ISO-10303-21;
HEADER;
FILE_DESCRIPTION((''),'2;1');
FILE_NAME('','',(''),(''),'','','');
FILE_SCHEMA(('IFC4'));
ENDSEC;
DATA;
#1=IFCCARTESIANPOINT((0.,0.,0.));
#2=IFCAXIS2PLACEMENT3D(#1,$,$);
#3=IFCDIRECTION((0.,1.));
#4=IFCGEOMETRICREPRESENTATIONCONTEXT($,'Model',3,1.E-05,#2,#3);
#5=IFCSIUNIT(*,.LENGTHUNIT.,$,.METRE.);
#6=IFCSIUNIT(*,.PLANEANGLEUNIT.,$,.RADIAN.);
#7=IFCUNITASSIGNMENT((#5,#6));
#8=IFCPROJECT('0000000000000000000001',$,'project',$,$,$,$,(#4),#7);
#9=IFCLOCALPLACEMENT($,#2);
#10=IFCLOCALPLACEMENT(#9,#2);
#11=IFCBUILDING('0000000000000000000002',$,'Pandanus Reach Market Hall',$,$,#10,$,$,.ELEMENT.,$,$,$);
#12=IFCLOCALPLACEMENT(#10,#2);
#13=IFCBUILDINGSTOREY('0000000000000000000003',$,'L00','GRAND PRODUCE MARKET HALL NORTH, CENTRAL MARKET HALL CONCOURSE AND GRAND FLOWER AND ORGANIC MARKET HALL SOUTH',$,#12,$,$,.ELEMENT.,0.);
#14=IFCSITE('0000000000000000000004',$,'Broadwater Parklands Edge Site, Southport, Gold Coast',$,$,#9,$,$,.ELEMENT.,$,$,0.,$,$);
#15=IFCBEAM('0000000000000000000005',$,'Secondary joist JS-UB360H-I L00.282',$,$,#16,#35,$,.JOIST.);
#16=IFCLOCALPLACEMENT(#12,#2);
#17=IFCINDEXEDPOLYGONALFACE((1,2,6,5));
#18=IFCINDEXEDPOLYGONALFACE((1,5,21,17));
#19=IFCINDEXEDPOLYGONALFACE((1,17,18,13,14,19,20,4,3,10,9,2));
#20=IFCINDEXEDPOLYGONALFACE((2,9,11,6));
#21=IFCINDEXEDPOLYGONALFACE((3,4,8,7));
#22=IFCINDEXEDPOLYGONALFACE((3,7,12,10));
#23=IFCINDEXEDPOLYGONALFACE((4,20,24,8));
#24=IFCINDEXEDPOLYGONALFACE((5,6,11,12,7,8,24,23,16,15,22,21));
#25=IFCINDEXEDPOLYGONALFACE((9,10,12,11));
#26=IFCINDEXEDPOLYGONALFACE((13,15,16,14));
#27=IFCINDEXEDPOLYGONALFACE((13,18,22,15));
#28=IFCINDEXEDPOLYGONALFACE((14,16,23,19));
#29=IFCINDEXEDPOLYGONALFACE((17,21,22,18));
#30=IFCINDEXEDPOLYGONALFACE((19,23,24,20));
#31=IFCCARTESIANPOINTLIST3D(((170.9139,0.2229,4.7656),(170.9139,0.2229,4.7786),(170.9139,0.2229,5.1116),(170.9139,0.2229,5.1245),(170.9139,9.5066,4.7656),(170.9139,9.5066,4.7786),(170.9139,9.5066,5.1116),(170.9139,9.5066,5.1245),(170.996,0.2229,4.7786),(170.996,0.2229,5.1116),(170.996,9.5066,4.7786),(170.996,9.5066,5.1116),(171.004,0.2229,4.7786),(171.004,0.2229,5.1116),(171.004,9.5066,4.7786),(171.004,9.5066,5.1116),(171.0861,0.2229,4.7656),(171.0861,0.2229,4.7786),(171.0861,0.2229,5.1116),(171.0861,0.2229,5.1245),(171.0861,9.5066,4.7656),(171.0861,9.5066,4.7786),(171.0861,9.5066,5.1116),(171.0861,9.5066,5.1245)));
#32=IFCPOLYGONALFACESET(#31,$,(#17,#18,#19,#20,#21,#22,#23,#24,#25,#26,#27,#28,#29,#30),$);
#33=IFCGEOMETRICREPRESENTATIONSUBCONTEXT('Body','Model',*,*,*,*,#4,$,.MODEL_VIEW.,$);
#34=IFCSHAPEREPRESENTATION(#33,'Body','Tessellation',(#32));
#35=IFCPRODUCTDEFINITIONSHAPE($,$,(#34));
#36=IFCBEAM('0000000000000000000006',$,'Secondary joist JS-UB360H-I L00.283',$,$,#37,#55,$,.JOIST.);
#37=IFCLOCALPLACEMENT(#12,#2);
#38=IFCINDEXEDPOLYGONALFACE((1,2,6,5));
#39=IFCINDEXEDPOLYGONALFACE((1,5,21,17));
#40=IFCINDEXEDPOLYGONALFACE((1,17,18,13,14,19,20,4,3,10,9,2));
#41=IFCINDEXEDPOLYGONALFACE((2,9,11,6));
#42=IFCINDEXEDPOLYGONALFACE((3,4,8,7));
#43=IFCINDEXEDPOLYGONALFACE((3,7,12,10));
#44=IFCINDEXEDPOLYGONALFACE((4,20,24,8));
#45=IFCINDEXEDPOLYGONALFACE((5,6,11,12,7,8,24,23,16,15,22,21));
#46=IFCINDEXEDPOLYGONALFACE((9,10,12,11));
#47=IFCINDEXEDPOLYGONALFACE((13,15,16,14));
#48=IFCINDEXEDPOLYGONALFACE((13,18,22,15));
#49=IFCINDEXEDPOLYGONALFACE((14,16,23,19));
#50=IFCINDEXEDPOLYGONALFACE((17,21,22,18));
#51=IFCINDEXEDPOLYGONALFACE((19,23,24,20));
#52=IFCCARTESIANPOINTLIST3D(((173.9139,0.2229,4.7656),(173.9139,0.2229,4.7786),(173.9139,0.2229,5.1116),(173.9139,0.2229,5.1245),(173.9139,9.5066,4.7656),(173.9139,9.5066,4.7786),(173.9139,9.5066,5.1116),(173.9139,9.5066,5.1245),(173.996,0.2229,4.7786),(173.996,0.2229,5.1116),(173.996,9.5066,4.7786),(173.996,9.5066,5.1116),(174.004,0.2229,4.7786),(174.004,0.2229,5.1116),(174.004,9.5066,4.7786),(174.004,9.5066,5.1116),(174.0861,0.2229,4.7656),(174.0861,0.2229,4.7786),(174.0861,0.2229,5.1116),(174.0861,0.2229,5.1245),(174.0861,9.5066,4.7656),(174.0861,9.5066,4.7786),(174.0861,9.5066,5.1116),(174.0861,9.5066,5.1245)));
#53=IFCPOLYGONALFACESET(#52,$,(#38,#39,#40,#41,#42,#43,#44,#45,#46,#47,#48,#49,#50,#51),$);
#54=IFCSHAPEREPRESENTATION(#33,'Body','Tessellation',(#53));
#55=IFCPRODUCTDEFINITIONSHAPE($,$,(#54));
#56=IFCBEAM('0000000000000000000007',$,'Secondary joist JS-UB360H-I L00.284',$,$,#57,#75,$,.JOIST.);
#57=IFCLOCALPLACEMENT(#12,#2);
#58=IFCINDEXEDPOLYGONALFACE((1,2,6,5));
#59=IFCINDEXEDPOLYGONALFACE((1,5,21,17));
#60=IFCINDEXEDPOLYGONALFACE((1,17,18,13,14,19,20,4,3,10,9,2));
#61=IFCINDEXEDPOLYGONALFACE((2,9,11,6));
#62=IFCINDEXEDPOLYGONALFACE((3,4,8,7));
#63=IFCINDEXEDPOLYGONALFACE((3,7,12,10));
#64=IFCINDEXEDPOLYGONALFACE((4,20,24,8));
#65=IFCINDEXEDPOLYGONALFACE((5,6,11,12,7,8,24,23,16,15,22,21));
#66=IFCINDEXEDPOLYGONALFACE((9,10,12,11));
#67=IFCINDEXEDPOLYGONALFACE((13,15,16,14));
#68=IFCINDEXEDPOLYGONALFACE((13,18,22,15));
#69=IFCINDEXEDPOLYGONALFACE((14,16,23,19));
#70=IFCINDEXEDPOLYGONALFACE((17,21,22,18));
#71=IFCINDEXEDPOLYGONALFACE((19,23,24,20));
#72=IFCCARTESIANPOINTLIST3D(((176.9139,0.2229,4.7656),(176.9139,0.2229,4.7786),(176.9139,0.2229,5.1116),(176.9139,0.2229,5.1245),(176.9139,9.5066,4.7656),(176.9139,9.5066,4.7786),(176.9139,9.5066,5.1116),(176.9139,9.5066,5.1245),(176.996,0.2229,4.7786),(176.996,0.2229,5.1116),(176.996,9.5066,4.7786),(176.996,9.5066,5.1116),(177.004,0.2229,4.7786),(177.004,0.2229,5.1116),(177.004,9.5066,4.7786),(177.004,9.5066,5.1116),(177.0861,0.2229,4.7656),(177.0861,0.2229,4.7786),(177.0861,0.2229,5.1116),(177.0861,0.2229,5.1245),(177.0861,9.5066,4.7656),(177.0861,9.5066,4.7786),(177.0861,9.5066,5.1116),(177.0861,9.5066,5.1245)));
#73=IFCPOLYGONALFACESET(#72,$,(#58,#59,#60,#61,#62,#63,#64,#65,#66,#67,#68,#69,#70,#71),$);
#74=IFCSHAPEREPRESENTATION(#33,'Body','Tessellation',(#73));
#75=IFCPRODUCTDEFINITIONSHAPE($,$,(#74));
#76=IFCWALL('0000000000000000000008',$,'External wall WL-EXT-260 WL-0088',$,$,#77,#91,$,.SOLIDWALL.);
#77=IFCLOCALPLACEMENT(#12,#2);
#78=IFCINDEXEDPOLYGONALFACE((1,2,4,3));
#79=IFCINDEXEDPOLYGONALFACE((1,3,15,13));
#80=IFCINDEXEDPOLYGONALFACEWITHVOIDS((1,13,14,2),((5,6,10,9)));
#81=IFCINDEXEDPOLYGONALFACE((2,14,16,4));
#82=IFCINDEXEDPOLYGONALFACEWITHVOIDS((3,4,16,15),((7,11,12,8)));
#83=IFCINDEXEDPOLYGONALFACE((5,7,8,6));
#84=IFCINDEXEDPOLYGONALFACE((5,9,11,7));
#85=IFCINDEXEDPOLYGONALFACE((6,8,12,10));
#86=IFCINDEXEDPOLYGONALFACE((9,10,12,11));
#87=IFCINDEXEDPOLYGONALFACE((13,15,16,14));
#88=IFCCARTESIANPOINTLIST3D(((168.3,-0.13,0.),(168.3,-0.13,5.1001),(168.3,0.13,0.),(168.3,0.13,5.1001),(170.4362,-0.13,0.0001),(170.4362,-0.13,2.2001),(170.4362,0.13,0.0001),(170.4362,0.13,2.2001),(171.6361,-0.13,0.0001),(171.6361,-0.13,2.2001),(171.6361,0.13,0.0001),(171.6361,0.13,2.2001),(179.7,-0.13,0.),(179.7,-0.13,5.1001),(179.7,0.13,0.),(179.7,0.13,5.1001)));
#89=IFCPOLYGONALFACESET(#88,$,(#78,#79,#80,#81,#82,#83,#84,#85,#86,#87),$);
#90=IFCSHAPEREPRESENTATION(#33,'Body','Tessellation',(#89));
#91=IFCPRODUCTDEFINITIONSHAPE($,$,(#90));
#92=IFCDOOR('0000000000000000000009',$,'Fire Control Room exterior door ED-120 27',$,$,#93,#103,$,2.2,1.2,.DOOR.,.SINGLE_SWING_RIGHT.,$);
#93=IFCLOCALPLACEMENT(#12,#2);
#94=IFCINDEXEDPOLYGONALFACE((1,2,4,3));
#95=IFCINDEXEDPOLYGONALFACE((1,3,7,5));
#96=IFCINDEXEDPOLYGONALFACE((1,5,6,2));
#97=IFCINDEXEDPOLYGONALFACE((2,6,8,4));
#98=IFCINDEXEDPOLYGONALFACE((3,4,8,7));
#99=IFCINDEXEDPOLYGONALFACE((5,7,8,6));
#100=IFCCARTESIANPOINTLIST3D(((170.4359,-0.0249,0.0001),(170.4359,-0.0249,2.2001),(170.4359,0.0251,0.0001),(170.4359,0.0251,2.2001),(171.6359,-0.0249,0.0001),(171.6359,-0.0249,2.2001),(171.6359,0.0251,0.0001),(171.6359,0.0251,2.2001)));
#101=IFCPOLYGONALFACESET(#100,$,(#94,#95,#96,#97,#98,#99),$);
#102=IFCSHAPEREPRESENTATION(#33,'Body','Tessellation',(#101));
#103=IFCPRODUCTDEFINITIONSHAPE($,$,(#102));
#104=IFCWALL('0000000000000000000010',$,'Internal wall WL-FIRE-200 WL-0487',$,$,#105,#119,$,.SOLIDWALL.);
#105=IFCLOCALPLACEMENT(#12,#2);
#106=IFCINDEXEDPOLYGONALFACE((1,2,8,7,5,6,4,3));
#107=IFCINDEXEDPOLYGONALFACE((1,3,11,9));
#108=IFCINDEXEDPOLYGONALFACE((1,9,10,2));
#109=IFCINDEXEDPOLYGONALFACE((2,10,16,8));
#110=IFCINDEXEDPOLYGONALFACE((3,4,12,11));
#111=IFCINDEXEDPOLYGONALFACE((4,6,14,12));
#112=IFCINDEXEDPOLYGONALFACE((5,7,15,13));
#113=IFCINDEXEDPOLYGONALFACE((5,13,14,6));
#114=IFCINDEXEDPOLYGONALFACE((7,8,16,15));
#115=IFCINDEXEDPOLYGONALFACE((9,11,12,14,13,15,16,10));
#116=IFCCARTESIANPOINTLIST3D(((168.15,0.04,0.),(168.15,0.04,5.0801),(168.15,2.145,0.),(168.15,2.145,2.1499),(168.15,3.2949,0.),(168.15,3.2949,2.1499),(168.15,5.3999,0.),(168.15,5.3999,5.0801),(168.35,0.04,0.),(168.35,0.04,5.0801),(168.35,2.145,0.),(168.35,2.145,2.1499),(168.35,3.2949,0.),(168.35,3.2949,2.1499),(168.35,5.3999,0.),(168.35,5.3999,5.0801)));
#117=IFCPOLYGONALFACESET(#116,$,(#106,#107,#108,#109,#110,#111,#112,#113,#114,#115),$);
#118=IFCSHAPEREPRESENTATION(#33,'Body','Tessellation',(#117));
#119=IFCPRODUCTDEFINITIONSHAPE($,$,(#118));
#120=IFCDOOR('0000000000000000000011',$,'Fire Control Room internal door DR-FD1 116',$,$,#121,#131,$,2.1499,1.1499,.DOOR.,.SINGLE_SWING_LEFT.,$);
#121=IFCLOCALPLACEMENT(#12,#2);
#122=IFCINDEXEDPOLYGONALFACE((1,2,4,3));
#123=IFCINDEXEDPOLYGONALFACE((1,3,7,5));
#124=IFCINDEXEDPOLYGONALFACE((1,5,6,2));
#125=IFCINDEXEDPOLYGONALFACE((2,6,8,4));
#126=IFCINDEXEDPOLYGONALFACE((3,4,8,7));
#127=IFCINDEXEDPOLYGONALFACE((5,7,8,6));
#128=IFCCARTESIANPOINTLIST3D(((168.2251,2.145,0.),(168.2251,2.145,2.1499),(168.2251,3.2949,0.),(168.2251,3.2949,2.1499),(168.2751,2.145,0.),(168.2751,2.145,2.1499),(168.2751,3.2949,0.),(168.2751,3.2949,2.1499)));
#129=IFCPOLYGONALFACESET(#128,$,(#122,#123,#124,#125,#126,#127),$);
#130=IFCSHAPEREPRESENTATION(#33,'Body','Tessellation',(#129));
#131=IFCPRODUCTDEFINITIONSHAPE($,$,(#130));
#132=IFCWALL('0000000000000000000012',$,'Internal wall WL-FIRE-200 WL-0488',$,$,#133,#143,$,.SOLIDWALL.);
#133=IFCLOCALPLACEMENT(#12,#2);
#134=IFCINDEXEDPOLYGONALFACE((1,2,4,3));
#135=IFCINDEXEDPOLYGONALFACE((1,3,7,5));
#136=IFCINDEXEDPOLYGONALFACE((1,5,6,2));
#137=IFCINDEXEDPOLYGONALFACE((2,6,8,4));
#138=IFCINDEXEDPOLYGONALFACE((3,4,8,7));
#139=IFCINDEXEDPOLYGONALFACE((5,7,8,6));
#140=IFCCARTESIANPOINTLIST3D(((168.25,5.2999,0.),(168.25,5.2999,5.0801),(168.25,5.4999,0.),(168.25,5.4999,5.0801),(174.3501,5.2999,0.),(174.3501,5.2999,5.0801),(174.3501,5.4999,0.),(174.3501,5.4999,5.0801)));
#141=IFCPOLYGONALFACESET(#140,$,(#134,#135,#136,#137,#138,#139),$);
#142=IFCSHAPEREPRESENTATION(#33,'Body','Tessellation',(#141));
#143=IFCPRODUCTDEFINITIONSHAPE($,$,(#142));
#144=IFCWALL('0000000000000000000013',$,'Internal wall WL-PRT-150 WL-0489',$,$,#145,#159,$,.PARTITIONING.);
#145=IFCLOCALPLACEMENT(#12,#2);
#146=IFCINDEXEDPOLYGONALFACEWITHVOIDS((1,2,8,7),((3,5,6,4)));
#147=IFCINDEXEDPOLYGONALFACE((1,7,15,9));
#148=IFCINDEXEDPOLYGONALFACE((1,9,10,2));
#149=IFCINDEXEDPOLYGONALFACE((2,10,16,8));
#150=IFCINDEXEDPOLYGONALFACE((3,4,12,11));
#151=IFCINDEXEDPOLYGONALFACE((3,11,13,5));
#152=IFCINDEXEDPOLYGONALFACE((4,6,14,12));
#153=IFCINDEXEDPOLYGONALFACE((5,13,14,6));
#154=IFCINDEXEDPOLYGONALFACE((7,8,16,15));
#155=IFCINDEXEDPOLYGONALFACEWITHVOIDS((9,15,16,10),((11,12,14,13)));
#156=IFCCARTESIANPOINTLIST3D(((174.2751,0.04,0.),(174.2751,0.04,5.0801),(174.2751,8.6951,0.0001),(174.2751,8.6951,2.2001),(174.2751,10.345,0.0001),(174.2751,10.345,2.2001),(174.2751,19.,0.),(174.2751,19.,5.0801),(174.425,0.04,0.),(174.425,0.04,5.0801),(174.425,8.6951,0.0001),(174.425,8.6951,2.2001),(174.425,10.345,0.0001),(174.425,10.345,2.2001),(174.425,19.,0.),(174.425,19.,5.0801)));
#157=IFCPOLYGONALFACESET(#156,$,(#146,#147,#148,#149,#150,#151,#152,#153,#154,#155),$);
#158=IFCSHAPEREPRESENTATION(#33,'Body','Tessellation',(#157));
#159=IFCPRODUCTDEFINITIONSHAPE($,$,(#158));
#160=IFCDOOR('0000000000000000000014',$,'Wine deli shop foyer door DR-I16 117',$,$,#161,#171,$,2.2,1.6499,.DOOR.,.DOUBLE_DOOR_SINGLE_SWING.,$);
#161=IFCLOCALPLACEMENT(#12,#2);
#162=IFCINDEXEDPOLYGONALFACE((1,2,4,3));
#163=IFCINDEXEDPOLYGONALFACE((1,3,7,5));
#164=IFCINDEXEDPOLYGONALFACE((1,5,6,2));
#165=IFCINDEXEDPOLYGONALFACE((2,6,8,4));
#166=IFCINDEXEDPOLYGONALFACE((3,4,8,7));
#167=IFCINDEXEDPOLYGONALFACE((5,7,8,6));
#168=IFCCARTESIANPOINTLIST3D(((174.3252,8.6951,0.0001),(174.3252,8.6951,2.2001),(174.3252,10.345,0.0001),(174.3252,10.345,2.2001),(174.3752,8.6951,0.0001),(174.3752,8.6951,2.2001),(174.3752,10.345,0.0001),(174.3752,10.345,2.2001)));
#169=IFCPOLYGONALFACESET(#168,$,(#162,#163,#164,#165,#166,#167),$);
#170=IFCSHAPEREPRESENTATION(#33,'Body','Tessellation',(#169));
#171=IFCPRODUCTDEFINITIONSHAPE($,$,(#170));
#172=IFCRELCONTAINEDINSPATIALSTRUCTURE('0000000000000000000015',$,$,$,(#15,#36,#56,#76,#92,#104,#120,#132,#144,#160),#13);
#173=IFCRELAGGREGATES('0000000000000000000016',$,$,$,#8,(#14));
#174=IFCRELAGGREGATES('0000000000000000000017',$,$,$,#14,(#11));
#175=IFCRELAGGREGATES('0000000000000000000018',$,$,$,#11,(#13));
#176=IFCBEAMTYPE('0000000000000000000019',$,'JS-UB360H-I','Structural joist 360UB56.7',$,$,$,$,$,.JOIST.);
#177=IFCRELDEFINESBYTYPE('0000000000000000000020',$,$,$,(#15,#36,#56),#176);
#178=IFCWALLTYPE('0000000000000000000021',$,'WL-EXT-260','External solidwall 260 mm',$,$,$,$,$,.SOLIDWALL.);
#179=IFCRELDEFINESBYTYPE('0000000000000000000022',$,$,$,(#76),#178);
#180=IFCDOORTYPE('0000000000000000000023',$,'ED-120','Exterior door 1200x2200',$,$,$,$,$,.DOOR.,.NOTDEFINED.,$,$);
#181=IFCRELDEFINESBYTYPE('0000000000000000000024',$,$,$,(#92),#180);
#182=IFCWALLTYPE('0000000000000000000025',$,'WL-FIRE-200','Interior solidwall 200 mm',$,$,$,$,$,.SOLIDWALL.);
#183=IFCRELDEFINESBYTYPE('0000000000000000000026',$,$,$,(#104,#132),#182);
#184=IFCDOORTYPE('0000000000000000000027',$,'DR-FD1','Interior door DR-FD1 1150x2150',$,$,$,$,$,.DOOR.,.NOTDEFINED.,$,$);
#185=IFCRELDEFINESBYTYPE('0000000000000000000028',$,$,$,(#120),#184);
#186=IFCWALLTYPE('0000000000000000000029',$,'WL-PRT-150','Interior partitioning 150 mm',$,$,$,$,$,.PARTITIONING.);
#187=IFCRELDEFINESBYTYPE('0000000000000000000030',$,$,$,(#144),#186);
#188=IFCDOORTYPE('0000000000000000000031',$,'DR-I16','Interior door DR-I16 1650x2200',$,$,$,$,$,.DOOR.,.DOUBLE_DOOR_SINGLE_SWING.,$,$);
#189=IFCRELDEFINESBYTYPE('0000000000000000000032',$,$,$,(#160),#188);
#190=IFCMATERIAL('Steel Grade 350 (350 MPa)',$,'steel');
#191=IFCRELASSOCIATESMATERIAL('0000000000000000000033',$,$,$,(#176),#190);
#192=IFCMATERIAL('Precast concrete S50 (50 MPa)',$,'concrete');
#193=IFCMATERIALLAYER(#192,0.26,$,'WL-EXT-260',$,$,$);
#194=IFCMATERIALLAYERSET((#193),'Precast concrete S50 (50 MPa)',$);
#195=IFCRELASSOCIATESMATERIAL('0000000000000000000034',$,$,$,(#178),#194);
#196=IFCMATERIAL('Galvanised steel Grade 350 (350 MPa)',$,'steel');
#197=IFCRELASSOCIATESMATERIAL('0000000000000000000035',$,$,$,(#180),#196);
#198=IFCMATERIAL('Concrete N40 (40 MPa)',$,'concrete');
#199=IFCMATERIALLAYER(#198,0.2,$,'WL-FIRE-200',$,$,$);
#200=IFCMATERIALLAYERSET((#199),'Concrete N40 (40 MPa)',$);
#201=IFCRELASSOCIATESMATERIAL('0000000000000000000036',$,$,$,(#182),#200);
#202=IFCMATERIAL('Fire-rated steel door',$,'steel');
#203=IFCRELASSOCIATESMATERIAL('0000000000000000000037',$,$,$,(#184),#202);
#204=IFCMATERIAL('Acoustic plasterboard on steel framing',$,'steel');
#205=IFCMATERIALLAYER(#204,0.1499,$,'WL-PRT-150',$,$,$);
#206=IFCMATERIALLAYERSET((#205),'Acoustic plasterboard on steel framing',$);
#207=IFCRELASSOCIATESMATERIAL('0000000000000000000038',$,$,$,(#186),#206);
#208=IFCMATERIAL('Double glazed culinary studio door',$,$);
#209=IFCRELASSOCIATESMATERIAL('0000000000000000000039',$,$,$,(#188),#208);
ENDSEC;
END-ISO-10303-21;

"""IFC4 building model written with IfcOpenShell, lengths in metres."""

from ifc_helpers import new_model, si_unit, direction, frame, frame_2d, origin, origin_2d, place, context, subcontext, project, spatial, rectangle, i_section, extrude, material, layer, layer_set, material_profile, profile_set, type_object, element, fill, save


model = new_model("IFC4")

# Units and contexts
model_context = context("Model", 3, precision=1e-05, world=origin(), true_north=direction((0.0, 1.0)))
body_context = subcontext(model_context, "Body", "Model", "MODEL_VIEW")
ifc_project = project(units=[si_unit("LENGTHUNIT", "METRE"), si_unit("PLANEANGLEUNIT", "RADIAN")], contexts=[model_context])

# Site, building, storey
site_placement = place(None, origin())
site = spatial("IfcSite", under=ifc_project, at=site_placement, Name="Broadwater Parklands Edge Site, Southport, Gold Coast", CompositionType="ELEMENT", RefElevation=0.0)
building_placement = place(site_placement, origin())
building = spatial("IfcBuilding", under=site, at=building_placement, Name="Pandanus Reach Market Hall", CompositionType="ELEMENT")
storey_placement = place(building_placement, origin())
storey = spatial("IfcBuildingStorey", under=building, at=storey_placement, Name="L00", Description="GRAND PRODUCE MARKET HALL NORTH, CENTRAL MARKET HALL CONCOURSE AND GRAND FLOWER AND ORGANIC MARKET HALL SOUTH", CompositionType="ELEMENT", Elevation=0.0)

# Shared definitions
ifc_material_1 = material(Name="Concrete N40 (40 MPa)", Category="concrete")

# Shared definitions
ifc_material_2 = material(Name="Steel Grade 350 (350 MPa)", Category="steel")

# Beams
ifc_material_profile_1 = material_profile(ifc_material_2, i_section(OverallWidth=0.1721, OverallDepth=0.3589, WebThickness=0.0081, FlangeThickness=0.0129, at=origin_2d()), Name="360UB56.7", Category="LoadBearing")
ifc_profile_set_1 = profile_set([ifc_material_profile_1], Name="Steel Grade 350 (350 MPa)")
beam_type_1 = type_object("IfcBeamType", Name="JS-UB360H-I", Description="Structural joist 360UB56.7", PredefinedType="JOIST", material=ifc_profile_set_1)
for number, where, z_axis, x_axis, name in (
    (1, (171.0, 0.2229, 4.9451), (0.0, 1.0, 0.0), (-1.0, 0.0, 0.0), "Secondary joist JS-UB360H-I L00.282"),
    (2, (174.0, 0.2229, 4.9451), (0.0, 1.0, 0.0), (-1.0, 0.0, 0.0), "Secondary joist JS-UB360H-I L00.283"),
    (3, (177.0, 0.2229, 4.9451), (0.0, 1.0, 0.0), (-1.0, 0.0, 0.0), "Secondary joist JS-UB360H-I L00.284"),
):
    element("IfcBeam", number, at=place(storey_placement, frame(where, z_axis=z_axis, x_axis=x_axis)), inside=storey, type_object=beam_type_1, Name=name, PredefinedType="JOIST", context=body_context, shape_type="SweptSolid", body=[
        extrude(i_section(OverallWidth=0.1721, OverallDepth=0.3589, WebThickness=0.0081, FlangeThickness=0.0129, at=origin_2d()), origin(), (0.0, 0.0, 1.0), 9.2837),
    ])

# Walls, openings, doors
ifc_material_3 = material(Name="Precast concrete S50 (50 MPa)", Category="concrete")
ifc_layer_1 = layer(ifc_material_3, 0.26, Name="WL-EXT-260")
ifc_layer_set_1 = layer_set([ifc_layer_1], Name="Precast concrete S50 (50 MPa)")
wall_type_1 = type_object("IfcWallType", Name="WL-EXT-260", Description="External solidwall 260 mm", PredefinedType="SOLIDWALL", material=ifc_layer_set_1)
wall_1_placement = place(storey_placement, frame((168.3, 0.0, 0.0), z_axis=(0.0, 0.0, 1.0), x_axis=(1.0, 0.0, 0.0)))
wall_1 = element("IfcWall", 4, at=wall_1_placement, inside=storey, type_object=wall_type_1, Name="External wall WL-EXT-260 WL-0088", PredefinedType="SOLIDWALL", context=body_context, shape_type="SweptSolid", body=[
    extrude(rectangle(XDim=11.3999, YDim=0.26, at=frame_2d((5.7, 0.0))), origin(), (0.0, 0.0, 1.0), 5.1001),
])
opening_1_placement = place(wall_1_placement, frame((2.136, 0.0, 0.0)))
opening_1 = element("IfcOpeningElement", 5, at=opening_1_placement, cuts=wall_1, PredefinedType="OPENING", context=body_context, shape_type="SweptSolid", body=[
    extrude(rectangle(XDim=1.2, YDim=2.2, at=frame_2d((0.6001, 1.1001))), frame((0.0, 0.145, 0.0), z_axis=(0.0, -1.0, 0.0), x_axis=(1.0, 0.0, 0.0)), (0.0, 0.0, 1.0), 0.29),
])
ifc_material_4 = material(Name="Galvanised steel Grade 350 (350 MPa)", Category="steel")
door_type_1 = type_object("IfcDoorType", Name="ED-120", Description="Exterior door 1200x2200", OperationType="NOTDEFINED", PredefinedType="DOOR", material=ifc_material_4)
door_1_placement = place(opening_1_placement, frame((1.2, 0.0, 0.0), z_axis=(0.0, 0.0, 1.0), x_axis=(-1.0, 0.0, 0.0)))
door_1 = element("IfcDoor", 6, at=door_1_placement, inside=storey, type_object=door_type_1, Name="Fire Control Room exterior door ED-120 27", OperationType="SINGLE_SWING_RIGHT", OverallHeight=2.2, OverallWidth=1.2, PredefinedType="DOOR", context=body_context, shape_type="SweptSolid", body=[
    extrude(rectangle(XDim=1.2, YDim=2.2, at=frame_2d((0.6001, 1.1001))), frame((0.0, 0.0249, 0.0), z_axis=(0.0, -1.0, 0.0), x_axis=(1.0, 0.0, 0.0)), (0.0, 0.0, 1.0), 0.05),
])
fill(opening_1, door_1)
ifc_layer_2 = layer(ifc_material_1, 0.2, Name="WL-FIRE-200")
ifc_layer_set_2 = layer_set([ifc_layer_2], Name="Concrete N40 (40 MPa)")
wall_type_2 = type_object("IfcWallType", Name="WL-FIRE-200", Description="Interior solidwall 200 mm", PredefinedType="SOLIDWALL", material=ifc_layer_set_2)
wall_2_placement = place(storey_placement, frame((168.25, 0.04, 0.0), z_axis=(0.0, 0.0, 1.0), x_axis=(0.0, 1.0, 0.0)))
wall_2 = element("IfcWall", 7, at=wall_2_placement, inside=storey, type_object=wall_type_2, Name="Internal wall WL-FIRE-200 WL-0487", PredefinedType="SOLIDWALL", context=body_context, shape_type="SweptSolid", body=[
    extrude(rectangle(XDim=5.3599, YDim=0.2, at=frame_2d((2.6799, 0.0))), origin(), (0.0, 0.0, 1.0), 5.0801),
])
opening_2_placement = place(wall_2_placement, frame((2.105, 0.0, 0.0)))
opening_2 = element("IfcOpeningElement", 8, at=opening_2_placement, cuts=wall_2, PredefinedType="OPENING", context=body_context, shape_type="SweptSolid", body=[
    extrude(rectangle(XDim=1.1499, YDim=2.1499, at=frame_2d((0.575, 1.075))), frame((0.0, 0.115, 0.0), z_axis=(0.0, -1.0, 0.0), x_axis=(1.0, 0.0, 0.0)), (0.0, 0.0, 1.0), 0.23),
])
ifc_material_5 = material(Name="Fire-rated steel door", Category="steel")
door_type_2 = type_object("IfcDoorType", Name="DR-FD1", Description="Interior door DR-FD1 1150x2150", OperationType="NOTDEFINED", PredefinedType="DOOR", material=ifc_material_5)
door_2_placement = place(opening_2_placement, origin())
door_2 = element("IfcDoor", 9, at=door_2_placement, inside=storey, type_object=door_type_2, Name="Fire Control Room internal door DR-FD1 116", OperationType="SINGLE_SWING_LEFT", OverallHeight=2.1499, OverallWidth=1.1499, PredefinedType="DOOR", context=body_context, shape_type="SweptSolid", body=[
    extrude(rectangle(XDim=1.1499, YDim=2.1499, at=frame_2d((0.575, 1.075))), frame((0.0, 0.0249, 0.0), z_axis=(0.0, -1.0, 0.0), x_axis=(1.0, 0.0, 0.0)), (0.0, 0.0, 1.0), 0.05),
])
fill(opening_2, door_2)

# Wall
wall_3_placement = place(storey_placement, frame((168.25, 5.3999, 0.0), z_axis=(0.0, 0.0, 1.0), x_axis=(1.0, 0.0, 0.0)))
element("IfcWall", 10, at=wall_3_placement, inside=storey, type_object=wall_type_2, Name="Internal wall WL-FIRE-200 WL-0488", PredefinedType="SOLIDWALL", context=body_context, shape_type="SweptSolid", body=[
    extrude(rectangle(XDim=6.1001, YDim=0.2, at=frame_2d((3.05, 0.0))), origin(), (0.0, 0.0, 1.0), 5.0801),
])

# Wall, opening, door
ifc_material_6 = material(Name="Acoustic plasterboard on steel framing", Category="steel")
ifc_layer_3 = layer(ifc_material_6, 0.1499, Name="WL-PRT-150")
ifc_layer_set_3 = layer_set([ifc_layer_3], Name="Acoustic plasterboard on steel framing")
wall_type_3 = type_object("IfcWallType", Name="WL-PRT-150", Description="Interior partitioning 150 mm", PredefinedType="PARTITIONING", material=ifc_layer_set_3)
wall_4_placement = place(storey_placement, frame((174.3501, 0.04, 0.0), z_axis=(0.0, 0.0, 1.0), x_axis=(0.0, 1.0, 0.0)))
wall_4 = element("IfcWall", 11, at=wall_4_placement, inside=storey, type_object=wall_type_3, Name="Internal wall WL-PRT-150 WL-0489", PredefinedType="PARTITIONING", context=body_context, shape_type="SweptSolid", body=[
    extrude(rectangle(XDim=18.96, YDim=0.1499, at=frame_2d((9.48, 0.0))), origin(), (0.0, 0.0, 1.0), 5.0801),
])
opening_3_placement = place(wall_4_placement, frame((8.655, 0.0, 0.0)))
opening_3 = element("IfcOpeningElement", 12, at=opening_3_placement, cuts=wall_4, PredefinedType="OPENING", context=body_context, shape_type="SweptSolid", body=[
    extrude(rectangle(XDim=1.6499, YDim=2.2, at=frame_2d((0.825, 1.1001))), frame((0.0, 0.0898, 0.0), z_axis=(0.0, -1.0, 0.0), x_axis=(1.0, 0.0, 0.0)), (0.0, 0.0, 1.0), 0.1799),
])
ifc_material_7 = material(Name="Double glazed culinary studio door")
door_type_3 = type_object("IfcDoorType", Name="DR-I16", Description="Interior door DR-I16 1650x2200", OperationType="DOUBLE_DOOR_SINGLE_SWING", PredefinedType="DOOR", material=ifc_material_7)
door_3_placement = place(opening_3_placement, origin())
door_3 = element("IfcDoor", 13, at=door_3_placement, inside=storey, type_object=door_type_3, Name="Wine deli shop foyer door DR-I16 117", OperationType="DOUBLE_DOOR_SINGLE_SWING", OverallHeight=2.2, OverallWidth=1.6499, PredefinedType="DOOR", context=body_context, shape_type="SweptSolid", body=[
    extrude(rectangle(XDim=1.6499, YDim=2.2, at=frame_2d((0.825, 1.1001))), frame((0.0, 0.0249, 0.0), z_axis=(0.0, -1.0, 0.0), x_axis=(1.0, 0.0, 0.0)), (0.0, 0.0, 1.0), 0.05),
])
fill(opening_3, door_3)

save(model, "model.ifc")
